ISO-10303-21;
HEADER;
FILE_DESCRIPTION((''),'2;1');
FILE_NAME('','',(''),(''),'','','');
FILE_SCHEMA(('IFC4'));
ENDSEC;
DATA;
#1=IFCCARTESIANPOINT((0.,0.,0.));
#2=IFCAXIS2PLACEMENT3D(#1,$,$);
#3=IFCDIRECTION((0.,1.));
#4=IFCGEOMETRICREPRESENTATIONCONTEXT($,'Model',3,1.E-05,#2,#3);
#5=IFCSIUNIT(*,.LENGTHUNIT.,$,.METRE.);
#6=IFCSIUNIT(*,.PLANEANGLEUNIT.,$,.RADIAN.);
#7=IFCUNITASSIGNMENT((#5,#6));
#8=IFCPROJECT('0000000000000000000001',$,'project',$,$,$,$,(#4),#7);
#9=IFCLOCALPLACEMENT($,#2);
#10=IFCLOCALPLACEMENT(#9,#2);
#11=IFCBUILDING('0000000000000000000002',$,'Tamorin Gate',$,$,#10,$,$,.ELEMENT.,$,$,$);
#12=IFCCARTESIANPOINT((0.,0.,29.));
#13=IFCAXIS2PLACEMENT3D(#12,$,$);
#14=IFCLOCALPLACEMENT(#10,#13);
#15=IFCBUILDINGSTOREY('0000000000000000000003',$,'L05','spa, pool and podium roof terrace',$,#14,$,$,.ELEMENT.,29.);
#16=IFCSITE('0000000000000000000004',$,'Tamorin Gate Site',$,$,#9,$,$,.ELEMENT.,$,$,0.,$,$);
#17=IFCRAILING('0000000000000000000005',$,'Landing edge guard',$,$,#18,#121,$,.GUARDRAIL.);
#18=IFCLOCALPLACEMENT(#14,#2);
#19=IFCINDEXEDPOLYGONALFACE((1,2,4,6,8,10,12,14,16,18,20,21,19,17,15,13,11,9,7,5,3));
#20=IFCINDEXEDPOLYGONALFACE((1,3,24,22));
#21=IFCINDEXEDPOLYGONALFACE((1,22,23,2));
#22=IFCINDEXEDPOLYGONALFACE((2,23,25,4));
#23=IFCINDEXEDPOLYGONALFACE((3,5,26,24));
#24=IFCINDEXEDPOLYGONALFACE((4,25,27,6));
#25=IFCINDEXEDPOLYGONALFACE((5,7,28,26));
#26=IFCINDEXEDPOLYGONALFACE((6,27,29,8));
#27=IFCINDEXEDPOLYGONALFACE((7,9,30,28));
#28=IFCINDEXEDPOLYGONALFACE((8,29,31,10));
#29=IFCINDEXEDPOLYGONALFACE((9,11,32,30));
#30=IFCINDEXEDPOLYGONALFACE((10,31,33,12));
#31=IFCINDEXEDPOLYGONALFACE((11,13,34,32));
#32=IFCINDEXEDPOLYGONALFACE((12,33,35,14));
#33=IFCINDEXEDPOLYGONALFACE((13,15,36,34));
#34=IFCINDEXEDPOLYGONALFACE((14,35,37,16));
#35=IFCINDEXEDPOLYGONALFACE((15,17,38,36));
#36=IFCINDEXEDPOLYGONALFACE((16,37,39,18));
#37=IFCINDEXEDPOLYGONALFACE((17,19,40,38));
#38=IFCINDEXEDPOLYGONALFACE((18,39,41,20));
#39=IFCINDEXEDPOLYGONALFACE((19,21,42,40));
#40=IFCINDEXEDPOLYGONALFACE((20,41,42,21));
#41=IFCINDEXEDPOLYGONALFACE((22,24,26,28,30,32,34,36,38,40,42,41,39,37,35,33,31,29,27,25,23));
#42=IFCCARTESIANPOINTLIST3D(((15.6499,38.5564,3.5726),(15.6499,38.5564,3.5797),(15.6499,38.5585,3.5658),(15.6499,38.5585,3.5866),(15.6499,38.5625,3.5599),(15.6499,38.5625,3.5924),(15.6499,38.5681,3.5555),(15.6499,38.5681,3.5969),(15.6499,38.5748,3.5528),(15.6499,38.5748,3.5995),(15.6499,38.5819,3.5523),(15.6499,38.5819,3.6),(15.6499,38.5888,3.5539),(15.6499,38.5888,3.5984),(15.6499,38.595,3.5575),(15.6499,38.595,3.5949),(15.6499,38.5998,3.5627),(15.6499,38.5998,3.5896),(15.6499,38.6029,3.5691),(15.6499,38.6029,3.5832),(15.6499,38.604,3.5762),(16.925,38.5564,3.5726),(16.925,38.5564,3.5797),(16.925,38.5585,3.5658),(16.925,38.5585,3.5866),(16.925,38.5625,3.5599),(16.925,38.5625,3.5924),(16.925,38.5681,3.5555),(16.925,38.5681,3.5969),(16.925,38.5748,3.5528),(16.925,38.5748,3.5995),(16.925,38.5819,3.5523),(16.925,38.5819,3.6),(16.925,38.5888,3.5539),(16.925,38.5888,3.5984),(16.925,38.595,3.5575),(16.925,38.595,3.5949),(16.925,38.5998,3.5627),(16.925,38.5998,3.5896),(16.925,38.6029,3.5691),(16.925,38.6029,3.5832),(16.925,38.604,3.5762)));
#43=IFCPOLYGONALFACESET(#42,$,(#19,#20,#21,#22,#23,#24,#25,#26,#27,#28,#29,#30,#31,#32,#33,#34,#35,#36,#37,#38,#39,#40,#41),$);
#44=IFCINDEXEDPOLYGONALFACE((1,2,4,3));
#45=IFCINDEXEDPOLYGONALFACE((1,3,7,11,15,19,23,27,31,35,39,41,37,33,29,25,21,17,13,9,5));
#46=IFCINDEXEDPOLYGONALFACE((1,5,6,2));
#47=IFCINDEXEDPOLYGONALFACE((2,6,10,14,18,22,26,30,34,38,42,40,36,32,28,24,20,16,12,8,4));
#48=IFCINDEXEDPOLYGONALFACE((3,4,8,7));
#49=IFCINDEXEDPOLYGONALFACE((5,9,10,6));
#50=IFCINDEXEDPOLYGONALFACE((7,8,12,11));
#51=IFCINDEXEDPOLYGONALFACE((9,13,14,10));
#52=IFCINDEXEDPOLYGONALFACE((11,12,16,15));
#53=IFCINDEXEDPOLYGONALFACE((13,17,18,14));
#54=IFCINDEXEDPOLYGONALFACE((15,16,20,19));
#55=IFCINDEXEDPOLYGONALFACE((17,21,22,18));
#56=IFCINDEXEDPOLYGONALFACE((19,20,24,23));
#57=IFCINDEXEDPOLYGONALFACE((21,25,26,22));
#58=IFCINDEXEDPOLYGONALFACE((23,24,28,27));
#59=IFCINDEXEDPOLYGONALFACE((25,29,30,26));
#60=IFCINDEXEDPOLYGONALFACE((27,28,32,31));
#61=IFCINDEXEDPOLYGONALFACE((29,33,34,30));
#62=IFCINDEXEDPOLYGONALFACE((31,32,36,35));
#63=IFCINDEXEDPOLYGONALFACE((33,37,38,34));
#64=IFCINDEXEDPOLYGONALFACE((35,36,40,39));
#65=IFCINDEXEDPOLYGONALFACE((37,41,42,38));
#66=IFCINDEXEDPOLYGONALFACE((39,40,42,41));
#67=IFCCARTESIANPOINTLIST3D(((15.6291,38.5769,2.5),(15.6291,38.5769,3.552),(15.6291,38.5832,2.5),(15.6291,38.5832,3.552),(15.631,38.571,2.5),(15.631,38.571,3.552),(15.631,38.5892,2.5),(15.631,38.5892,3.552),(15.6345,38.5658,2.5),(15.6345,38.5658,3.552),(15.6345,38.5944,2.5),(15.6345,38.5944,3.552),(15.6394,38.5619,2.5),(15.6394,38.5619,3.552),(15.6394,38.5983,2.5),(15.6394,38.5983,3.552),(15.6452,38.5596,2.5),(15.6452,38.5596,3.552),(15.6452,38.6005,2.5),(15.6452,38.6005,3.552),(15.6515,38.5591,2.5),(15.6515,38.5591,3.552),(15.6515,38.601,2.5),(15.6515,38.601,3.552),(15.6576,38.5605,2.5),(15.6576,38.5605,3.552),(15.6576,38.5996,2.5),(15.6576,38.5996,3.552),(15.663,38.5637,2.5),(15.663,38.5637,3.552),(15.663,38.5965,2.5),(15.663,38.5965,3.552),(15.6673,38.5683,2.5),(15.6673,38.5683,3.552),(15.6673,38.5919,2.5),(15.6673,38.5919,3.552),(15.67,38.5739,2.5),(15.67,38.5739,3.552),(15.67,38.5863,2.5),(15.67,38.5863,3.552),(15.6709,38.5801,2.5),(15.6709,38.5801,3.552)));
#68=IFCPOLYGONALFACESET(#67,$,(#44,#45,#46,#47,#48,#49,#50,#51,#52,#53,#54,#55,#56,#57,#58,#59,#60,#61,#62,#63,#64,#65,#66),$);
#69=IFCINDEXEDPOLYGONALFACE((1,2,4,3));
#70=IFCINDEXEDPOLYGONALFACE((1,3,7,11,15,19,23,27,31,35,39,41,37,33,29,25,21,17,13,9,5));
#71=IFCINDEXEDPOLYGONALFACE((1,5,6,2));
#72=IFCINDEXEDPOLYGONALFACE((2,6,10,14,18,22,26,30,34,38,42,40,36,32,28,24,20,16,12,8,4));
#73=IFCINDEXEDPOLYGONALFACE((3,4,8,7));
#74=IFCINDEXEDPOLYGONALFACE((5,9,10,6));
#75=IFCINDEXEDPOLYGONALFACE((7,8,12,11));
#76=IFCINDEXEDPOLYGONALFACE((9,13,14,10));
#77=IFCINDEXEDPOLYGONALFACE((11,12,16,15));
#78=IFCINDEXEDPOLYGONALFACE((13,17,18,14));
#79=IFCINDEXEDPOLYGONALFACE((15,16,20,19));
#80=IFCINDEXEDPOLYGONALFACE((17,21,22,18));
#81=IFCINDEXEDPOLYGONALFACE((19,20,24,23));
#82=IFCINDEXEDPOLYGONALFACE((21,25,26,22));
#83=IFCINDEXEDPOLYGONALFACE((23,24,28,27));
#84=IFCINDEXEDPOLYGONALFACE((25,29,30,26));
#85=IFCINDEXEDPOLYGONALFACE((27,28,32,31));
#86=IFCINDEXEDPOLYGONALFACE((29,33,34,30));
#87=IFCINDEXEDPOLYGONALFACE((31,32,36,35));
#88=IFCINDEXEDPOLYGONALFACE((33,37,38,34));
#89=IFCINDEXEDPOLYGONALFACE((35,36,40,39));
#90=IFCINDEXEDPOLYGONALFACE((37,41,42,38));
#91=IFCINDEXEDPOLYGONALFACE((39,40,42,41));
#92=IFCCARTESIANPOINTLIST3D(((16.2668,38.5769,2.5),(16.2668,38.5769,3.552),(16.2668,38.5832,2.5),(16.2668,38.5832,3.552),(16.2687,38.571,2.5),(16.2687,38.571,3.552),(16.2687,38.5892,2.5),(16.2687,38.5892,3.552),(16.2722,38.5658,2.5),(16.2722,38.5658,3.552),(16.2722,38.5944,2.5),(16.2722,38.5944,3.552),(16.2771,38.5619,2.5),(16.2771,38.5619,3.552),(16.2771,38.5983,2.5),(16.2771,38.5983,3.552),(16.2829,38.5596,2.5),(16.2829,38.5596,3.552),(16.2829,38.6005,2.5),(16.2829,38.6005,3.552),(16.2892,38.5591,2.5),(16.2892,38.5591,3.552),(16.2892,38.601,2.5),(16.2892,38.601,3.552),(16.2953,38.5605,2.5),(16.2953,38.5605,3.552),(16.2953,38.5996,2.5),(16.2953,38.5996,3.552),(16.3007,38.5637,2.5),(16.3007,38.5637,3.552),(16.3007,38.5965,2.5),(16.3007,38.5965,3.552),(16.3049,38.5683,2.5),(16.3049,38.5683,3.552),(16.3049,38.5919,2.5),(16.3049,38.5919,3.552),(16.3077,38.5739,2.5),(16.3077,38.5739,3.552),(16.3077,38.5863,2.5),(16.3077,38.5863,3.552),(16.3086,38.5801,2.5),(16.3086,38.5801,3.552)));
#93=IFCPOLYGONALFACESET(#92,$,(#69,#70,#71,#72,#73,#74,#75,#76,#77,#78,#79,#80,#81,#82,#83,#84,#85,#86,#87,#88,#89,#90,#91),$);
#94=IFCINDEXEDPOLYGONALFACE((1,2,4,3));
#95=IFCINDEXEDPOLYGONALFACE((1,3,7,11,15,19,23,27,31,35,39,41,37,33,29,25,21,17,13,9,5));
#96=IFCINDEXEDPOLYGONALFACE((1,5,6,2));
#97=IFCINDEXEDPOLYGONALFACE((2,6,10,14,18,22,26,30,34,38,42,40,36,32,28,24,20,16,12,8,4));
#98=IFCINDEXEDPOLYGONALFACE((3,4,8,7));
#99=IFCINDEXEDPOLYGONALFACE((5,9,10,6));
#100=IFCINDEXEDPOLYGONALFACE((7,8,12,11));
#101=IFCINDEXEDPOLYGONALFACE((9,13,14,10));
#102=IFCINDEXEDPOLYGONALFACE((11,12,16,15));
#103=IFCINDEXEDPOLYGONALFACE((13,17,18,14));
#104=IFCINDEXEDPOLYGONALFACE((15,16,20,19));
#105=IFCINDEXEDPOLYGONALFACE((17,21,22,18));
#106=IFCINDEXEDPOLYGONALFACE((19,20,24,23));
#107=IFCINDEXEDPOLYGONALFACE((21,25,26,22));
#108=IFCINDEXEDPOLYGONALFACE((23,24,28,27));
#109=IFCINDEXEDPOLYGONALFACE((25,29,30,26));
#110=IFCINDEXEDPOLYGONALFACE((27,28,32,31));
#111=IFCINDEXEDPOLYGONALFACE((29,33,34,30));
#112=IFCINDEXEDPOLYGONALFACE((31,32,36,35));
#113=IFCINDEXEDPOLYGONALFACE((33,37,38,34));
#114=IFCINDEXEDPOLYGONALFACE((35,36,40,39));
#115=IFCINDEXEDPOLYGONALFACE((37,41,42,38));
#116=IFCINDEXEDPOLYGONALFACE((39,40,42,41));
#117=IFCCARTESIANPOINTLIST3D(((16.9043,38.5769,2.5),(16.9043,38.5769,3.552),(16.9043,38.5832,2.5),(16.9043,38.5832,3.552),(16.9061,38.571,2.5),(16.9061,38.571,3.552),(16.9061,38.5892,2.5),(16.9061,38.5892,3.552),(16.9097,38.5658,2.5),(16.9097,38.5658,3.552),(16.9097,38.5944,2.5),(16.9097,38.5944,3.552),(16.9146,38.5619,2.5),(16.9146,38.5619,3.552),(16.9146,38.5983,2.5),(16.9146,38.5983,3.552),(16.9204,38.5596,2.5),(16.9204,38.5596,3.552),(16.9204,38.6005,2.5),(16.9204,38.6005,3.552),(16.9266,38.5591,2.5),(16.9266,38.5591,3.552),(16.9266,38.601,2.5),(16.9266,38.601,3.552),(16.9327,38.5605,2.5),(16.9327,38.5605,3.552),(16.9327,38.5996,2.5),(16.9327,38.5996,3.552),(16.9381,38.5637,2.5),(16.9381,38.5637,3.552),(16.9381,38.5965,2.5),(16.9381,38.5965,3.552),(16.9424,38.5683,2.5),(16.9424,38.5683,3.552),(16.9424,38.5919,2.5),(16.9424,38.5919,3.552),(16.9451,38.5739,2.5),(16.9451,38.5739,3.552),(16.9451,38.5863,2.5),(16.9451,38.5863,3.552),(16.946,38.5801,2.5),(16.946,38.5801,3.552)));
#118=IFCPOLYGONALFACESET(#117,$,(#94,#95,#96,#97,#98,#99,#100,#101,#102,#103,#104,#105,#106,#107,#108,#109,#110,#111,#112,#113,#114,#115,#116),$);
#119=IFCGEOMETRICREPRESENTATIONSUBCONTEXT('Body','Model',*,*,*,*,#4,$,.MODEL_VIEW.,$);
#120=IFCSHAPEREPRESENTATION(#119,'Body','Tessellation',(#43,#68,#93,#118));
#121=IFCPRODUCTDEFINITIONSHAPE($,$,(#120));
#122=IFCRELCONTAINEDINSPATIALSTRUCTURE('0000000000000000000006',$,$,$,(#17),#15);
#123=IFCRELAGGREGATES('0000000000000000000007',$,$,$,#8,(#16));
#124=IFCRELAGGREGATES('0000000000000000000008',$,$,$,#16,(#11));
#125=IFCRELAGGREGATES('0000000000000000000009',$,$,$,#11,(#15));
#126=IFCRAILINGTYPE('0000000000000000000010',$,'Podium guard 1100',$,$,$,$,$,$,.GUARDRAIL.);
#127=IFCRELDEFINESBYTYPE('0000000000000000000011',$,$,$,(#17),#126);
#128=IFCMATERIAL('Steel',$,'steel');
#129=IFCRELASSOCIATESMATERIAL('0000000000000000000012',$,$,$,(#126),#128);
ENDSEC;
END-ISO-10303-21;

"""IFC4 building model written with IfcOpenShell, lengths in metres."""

from ifc_helpers import new_model, si_unit, direction, frame, origin, origin_2d, place, context, subcontext, project, spatial, circle, extrude, material, type_object, element, save


model = new_model("IFC4")

# Units and contexts
model_context = context("Model", 3, precision=1e-05, world=origin(), true_north=direction((0.0, 1.0)))
body_context = subcontext(model_context, "Body", "Model", "MODEL_VIEW")
ifc_project = project(units=[si_unit("LENGTHUNIT", "METRE"), si_unit("PLANEANGLEUNIT", "RADIAN")], contexts=[model_context])

# Site, building, storey
site_placement = place(None, origin())
site = spatial("IfcSite", under=ifc_project, at=site_placement, Name="Tamorin Gate Site", CompositionType="ELEMENT", RefElevation=0.0)
building_placement = place(site_placement, origin())
building = spatial("IfcBuilding", under=site, at=building_placement, Name="Tamorin Gate", CompositionType="ELEMENT")
storey_placement = place(building_placement, frame((0.0, 0.0, 29.0)))
storey = spatial("IfcBuildingStorey", under=building, at=storey_placement, Name="L05", Description="spa, pool and podium roof terrace", CompositionType="ELEMENT", Elevation=29.0)

# Railing
ifc_material_1 = material(Name="Steel", Category="steel")
railing_type = type_object("IfcRailingType", Name="Podium guard 1100", PredefinedType="GUARDRAIL", material=ifc_material_1)
railing_1_placement = place(storey_placement, frame((15.6499, 38.5801, 2.5)))
element("IfcRailing", 1, at=railing_1_placement, inside=storey, type_object=railing_type, Name="Landing edge guard", PredefinedType="GUARDRAIL", context=body_context, shape_type="SweptSolid", body=[
    extrude(circle(Radius=0.0239, at=origin_2d()), frame((0.0, 0.0, 1.0762), z_axis=(1.0, 0.0, 0.0), x_axis=(0.0, 1.0, 0.0)), (0.0, 0.0, 1.0), 1.2751),
    extrude(circle(Radius=0.021, at=origin_2d()), origin(), (0.0, 0.0, 1.0), 1.052),
    extrude(circle(Radius=0.021, at=origin_2d()), frame((0.6377, 0.0, 0.0)), (0.0, 0.0, 1.0), 1.052),
    extrude(circle(Radius=0.021, at=origin_2d()), frame((1.2751, 0.0, 0.0)), (0.0, 0.0, 1.0), 1.052),
])

save(model, "model.ifc")
